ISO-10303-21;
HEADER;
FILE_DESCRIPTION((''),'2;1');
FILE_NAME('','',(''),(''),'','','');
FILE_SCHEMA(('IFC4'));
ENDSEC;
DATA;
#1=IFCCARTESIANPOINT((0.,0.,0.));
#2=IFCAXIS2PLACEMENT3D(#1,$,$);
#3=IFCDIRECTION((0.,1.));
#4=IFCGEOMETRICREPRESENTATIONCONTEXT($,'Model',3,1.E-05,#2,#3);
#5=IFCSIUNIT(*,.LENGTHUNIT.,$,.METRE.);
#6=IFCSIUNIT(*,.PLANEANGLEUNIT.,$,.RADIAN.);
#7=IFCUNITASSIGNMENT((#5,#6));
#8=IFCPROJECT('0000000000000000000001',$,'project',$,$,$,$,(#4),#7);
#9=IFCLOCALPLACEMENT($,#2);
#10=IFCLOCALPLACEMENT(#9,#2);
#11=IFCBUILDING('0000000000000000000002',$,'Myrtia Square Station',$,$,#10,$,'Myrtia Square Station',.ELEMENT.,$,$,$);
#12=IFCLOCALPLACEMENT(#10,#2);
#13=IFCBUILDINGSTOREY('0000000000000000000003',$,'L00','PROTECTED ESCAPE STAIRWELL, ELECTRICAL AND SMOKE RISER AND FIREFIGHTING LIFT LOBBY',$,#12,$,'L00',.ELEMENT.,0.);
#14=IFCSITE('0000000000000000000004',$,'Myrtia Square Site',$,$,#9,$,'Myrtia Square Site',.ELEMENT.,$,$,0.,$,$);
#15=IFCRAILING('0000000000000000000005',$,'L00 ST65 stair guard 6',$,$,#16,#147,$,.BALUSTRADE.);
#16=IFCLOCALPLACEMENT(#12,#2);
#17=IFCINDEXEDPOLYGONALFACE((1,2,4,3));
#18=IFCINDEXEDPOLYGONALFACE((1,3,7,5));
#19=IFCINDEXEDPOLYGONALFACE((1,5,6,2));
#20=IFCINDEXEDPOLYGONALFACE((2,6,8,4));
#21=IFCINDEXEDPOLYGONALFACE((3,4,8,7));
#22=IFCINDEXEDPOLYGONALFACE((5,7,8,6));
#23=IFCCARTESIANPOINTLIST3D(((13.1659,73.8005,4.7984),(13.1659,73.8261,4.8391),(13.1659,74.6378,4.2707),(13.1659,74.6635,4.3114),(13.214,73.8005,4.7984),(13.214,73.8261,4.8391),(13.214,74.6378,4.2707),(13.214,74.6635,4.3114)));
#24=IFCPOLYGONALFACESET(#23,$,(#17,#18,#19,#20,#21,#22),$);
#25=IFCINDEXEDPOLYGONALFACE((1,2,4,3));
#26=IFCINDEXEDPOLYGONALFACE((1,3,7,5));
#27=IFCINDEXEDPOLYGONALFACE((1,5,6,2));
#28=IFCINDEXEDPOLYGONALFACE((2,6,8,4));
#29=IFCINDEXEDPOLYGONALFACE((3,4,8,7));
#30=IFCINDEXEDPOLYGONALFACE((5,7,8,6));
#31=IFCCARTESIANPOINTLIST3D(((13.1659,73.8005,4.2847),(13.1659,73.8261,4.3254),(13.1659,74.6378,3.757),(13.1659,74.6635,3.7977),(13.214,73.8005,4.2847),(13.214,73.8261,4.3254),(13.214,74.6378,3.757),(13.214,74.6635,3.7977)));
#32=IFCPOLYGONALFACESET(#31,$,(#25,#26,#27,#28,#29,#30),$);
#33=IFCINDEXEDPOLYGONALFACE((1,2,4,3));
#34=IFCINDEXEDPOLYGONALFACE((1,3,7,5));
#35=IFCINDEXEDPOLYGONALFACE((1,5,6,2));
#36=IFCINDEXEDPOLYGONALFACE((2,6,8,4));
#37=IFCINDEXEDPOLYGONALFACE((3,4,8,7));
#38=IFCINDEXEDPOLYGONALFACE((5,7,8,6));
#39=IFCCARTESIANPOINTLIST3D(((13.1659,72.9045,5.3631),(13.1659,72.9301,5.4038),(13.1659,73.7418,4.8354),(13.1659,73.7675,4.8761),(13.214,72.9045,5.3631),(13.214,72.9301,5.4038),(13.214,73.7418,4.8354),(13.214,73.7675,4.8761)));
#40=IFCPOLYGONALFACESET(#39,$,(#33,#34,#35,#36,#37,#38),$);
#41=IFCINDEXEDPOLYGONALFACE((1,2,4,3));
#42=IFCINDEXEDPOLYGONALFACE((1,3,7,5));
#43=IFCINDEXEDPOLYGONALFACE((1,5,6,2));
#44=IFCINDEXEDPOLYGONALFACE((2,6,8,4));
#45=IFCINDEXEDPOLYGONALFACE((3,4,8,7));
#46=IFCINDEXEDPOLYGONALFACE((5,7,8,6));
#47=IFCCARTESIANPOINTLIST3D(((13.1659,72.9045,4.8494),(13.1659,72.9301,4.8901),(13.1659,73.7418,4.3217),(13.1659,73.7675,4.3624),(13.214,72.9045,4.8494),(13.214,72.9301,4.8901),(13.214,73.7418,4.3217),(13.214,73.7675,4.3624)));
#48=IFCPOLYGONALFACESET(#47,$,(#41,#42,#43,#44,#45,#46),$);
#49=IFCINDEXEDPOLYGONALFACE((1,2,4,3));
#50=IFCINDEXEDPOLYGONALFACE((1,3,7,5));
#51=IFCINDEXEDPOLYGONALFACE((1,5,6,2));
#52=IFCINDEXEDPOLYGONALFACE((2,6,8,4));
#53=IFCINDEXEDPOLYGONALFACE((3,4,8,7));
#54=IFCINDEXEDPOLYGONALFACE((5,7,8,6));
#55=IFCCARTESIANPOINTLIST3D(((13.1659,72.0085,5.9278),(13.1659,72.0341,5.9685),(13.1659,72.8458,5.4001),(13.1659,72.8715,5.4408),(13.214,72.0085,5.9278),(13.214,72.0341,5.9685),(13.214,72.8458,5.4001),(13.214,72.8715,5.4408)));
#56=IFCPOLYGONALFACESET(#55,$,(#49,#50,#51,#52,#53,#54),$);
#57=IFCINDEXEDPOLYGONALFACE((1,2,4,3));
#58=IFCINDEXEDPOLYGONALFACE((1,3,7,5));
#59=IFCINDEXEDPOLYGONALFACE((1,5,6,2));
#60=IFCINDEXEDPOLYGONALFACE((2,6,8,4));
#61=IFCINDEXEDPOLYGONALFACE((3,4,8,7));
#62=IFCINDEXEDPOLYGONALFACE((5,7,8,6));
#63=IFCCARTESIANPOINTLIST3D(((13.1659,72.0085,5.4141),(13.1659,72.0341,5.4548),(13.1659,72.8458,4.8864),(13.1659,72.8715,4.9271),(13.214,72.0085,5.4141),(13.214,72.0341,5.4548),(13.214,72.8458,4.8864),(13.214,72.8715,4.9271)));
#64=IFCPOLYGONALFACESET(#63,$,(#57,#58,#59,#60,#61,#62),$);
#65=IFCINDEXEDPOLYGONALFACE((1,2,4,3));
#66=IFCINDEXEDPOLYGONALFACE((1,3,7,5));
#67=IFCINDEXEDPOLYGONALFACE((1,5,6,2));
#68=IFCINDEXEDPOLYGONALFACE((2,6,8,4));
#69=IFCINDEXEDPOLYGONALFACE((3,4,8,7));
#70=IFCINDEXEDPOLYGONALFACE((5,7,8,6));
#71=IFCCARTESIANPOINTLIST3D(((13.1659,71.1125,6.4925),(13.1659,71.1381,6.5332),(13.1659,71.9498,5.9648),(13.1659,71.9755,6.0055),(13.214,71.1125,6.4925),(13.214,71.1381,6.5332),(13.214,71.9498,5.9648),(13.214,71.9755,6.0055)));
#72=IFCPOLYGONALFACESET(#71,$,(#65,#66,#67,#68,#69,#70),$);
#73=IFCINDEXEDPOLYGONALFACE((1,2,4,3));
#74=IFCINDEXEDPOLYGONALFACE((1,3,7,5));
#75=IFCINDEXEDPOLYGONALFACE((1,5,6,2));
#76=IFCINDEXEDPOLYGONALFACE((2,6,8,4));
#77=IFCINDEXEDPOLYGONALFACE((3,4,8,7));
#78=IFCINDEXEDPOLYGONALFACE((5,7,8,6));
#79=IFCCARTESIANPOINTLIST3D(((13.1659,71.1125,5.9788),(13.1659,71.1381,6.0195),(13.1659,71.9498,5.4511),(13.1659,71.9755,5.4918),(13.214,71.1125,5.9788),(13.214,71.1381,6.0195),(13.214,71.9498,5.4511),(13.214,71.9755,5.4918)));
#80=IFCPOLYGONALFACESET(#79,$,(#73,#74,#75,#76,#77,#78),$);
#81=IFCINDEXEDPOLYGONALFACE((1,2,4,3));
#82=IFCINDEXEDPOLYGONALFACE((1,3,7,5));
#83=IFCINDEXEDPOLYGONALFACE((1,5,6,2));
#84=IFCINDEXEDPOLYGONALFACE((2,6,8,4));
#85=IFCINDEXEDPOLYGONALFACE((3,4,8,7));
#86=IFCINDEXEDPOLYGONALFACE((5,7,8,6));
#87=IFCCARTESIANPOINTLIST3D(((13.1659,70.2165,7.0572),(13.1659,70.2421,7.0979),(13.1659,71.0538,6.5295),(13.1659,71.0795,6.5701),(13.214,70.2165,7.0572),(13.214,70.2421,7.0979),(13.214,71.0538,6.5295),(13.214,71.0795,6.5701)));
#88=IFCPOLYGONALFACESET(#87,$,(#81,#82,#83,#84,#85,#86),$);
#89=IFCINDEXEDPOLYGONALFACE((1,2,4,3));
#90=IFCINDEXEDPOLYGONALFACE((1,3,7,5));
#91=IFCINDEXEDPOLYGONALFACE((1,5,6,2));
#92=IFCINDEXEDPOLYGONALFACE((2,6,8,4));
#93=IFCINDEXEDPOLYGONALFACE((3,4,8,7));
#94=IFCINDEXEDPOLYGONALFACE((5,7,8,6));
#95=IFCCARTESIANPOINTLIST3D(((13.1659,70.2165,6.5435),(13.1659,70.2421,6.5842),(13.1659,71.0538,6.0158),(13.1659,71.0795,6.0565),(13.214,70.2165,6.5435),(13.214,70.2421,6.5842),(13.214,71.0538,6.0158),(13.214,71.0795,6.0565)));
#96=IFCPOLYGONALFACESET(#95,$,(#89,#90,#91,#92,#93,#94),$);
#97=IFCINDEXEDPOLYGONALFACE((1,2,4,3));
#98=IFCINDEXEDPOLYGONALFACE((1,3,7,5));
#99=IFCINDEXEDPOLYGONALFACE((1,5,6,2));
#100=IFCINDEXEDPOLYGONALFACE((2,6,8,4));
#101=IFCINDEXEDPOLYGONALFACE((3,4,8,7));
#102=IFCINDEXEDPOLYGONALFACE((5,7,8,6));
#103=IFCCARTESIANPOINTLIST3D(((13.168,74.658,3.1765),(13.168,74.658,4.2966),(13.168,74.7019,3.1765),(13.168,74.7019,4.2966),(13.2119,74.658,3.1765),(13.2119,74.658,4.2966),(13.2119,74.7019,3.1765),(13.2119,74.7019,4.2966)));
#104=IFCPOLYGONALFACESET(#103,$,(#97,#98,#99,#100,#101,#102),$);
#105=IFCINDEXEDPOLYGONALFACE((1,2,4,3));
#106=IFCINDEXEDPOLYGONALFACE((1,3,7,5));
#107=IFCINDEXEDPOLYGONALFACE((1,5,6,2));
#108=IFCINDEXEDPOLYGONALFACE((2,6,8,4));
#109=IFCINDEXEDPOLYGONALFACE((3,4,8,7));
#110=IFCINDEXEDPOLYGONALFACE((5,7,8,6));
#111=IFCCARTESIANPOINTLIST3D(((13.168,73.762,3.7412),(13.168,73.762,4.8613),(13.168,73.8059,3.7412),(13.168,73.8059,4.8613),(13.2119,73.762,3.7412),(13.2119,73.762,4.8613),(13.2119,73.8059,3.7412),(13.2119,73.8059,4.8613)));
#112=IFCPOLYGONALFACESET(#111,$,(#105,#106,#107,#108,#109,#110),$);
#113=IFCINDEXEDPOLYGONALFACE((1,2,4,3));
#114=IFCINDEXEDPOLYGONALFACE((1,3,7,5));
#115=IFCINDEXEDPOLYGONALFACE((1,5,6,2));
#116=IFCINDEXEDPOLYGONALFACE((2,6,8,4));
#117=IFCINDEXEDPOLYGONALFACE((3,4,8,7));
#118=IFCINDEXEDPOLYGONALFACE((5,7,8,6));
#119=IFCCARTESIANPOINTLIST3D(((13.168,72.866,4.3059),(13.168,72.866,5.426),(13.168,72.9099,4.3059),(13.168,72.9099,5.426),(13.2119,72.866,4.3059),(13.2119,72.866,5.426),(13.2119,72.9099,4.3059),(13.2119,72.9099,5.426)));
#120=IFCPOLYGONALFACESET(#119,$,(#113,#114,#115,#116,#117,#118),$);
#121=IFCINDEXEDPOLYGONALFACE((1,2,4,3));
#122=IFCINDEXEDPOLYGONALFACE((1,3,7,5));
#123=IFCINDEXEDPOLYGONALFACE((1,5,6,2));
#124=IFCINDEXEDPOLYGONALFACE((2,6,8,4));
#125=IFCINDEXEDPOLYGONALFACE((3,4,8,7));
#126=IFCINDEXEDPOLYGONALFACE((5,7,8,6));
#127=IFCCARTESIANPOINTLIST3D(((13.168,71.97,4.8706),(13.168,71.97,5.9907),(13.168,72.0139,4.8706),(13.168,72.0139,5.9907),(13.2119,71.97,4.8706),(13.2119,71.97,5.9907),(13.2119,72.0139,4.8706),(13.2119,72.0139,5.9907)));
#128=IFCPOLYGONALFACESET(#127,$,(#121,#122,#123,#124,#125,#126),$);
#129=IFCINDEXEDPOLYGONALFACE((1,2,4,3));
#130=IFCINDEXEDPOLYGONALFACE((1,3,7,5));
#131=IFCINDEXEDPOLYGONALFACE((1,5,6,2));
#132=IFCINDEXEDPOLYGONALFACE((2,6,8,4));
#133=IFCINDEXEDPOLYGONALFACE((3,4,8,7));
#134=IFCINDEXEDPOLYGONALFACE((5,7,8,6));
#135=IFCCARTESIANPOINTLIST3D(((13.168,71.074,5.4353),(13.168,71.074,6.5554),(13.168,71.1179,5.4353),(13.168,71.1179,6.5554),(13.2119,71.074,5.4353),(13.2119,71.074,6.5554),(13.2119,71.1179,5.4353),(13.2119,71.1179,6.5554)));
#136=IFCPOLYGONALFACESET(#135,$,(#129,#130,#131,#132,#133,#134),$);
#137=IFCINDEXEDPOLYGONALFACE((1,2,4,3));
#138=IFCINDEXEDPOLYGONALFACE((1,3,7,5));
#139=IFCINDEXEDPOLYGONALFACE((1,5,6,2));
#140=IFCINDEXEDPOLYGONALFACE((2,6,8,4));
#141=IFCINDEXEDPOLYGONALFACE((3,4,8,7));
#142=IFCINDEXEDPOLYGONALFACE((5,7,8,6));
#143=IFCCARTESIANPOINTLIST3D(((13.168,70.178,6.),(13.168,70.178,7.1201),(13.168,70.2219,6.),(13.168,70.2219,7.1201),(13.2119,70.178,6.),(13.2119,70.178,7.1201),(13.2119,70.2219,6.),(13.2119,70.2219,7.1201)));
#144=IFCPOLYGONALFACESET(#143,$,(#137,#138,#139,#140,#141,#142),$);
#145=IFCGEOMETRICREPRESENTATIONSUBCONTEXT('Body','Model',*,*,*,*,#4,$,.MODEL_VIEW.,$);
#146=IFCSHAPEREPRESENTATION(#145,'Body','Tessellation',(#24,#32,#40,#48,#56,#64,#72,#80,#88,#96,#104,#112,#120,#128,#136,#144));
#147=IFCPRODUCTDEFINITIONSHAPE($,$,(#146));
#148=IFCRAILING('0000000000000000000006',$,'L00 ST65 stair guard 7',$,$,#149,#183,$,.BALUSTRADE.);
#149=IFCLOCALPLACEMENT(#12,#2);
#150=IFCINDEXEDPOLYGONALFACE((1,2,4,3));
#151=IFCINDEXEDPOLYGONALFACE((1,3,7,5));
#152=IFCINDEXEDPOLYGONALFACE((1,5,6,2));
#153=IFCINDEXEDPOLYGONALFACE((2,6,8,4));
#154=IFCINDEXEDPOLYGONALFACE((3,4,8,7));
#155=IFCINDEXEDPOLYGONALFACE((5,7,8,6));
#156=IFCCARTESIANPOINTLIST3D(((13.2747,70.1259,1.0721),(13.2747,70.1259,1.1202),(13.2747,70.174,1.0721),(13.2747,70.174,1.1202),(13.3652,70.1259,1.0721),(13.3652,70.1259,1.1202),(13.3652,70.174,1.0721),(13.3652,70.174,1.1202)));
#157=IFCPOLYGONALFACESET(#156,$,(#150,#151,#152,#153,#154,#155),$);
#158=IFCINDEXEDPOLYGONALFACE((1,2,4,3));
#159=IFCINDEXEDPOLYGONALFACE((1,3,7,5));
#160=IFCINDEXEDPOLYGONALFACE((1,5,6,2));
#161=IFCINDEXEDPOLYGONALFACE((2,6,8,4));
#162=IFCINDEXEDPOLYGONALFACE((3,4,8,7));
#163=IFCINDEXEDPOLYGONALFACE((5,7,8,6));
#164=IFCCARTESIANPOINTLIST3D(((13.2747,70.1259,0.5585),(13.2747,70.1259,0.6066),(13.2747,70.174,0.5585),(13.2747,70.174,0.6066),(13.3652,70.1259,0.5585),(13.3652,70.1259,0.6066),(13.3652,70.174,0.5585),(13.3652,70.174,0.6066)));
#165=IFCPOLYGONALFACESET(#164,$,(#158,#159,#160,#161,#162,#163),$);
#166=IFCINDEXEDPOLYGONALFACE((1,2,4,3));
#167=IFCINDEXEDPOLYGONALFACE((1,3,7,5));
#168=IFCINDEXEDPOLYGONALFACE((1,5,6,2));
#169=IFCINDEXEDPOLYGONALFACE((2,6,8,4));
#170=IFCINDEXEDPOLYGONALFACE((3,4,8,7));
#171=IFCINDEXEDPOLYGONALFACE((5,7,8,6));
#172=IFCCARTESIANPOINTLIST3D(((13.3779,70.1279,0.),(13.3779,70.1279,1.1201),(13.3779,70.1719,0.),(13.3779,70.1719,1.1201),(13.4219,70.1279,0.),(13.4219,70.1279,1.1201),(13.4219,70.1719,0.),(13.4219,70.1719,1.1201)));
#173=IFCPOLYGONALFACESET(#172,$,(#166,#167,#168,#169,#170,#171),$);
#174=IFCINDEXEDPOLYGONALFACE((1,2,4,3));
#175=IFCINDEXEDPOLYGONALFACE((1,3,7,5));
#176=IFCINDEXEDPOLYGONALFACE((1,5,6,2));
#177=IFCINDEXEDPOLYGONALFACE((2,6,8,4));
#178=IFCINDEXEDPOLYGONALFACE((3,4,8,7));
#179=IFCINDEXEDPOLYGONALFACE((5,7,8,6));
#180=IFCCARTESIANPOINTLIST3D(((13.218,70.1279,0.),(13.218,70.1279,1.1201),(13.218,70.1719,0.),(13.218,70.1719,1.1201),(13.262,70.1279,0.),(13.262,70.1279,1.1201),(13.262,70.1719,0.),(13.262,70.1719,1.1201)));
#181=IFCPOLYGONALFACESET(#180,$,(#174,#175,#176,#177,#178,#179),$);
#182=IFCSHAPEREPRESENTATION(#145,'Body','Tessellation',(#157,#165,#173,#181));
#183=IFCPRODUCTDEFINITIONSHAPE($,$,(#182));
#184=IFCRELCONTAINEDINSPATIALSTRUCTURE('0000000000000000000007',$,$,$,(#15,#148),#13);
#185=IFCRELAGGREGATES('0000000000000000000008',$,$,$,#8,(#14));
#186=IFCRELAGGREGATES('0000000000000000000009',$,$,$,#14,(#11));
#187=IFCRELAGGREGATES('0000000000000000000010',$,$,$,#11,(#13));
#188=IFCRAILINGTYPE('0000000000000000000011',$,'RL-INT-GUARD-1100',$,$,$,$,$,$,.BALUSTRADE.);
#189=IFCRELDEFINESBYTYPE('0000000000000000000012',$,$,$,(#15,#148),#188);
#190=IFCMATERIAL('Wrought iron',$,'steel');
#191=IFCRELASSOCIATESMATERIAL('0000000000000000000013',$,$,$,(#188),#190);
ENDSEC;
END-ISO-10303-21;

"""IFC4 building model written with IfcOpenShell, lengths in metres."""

from ifc_helpers import new_model, si_unit, direction, frame, origin, origin_2d, place, context, subcontext, project, spatial, rectangle, extrude, material, type_object, element, save


model = new_model("IFC4")

# Units and contexts
model_context = context("Model", 3, precision=1e-05, world=origin(), true_north=direction((0.0, 1.0)))
body_context = subcontext(model_context, "Body", "Model", "MODEL_VIEW")
ifc_project = project(units=[si_unit("LENGTHUNIT", "METRE"), si_unit("PLANEANGLEUNIT", "RADIAN")], contexts=[model_context])

# Site, building, storey
site_placement = place(None, origin())
site = spatial("IfcSite", under=ifc_project, at=site_placement, Name="Myrtia Square Site", LongName="Myrtia Square Site", CompositionType="ELEMENT", RefElevation=0.0)
building_placement = place(site_placement, origin())
building = spatial("IfcBuilding", under=site, at=building_placement, Name="Myrtia Square Station", LongName="Myrtia Square Station", CompositionType="ELEMENT")
storey_placement = place(building_placement, origin())
storey = spatial("IfcBuildingStorey", under=building, at=storey_placement, Name="L00", Description="PROTECTED ESCAPE STAIRWELL, ELECTRICAL AND SMOKE RISER AND FIREFIGHTING LIFT LOBBY", LongName="L00", CompositionType="ELEMENT", Elevation=0.0)

# Railings
ifc_material_1 = material(Name="Wrought iron", Category="steel")
railing_type_1 = type_object("IfcRailingType", Name="RL-INT-GUARD-1100", PredefinedType="BALUSTRADE", material=ifc_material_1)
railing_1_placement = place(storey_placement, frame((13.1899, 74.6799, 3.1765)))
element("IfcRailing", 1, at=railing_1_placement, inside=storey, type_object=railing_type_1, Name="L00 ST65 stair guard 6", PredefinedType="BALUSTRADE", context=body_context, shape_type="SweptSolid", body=[
    extrude(rectangle(XDim=0.0481, YDim=0.0481, at=origin_2d()), frame((0.0, -0.0293, 1.1145), z_axis=(0.0, -0.845998, 0.533186), x_axis=(1.0, 0.0, 0.0)), (0.0, 0.0, 1.0), 0.9897),
    extrude(rectangle(XDim=0.0481, YDim=0.0481, at=origin_2d()), frame((0.0, -0.0293, 0.6008), z_axis=(0.0, -0.845998, 0.533186), x_axis=(1.0, 0.0, 0.0)), (0.0, 0.0, 1.0), 0.9897),
    extrude(rectangle(XDim=0.0481, YDim=0.0481, at=origin_2d()), frame((0.0, -0.9253, 1.6792), z_axis=(0.0, -0.845998, 0.533186), x_axis=(1.0, 0.0, 0.0)), (0.0, 0.0, 1.0), 0.9897),
    extrude(rectangle(XDim=0.0481, YDim=0.0481, at=origin_2d()), frame((0.0, -0.9253, 1.1655), z_axis=(0.0, -0.845998, 0.533186), x_axis=(1.0, 0.0, 0.0)), (0.0, 0.0, 1.0), 0.9897),
    extrude(rectangle(XDim=0.0481, YDim=0.0481, at=origin_2d()), frame((0.0, -1.8213, 2.2439), z_axis=(0.0, -0.845998, 0.533186), x_axis=(1.0, 0.0, 0.0)), (0.0, 0.0, 1.0), 0.9897),
    extrude(rectangle(XDim=0.0481, YDim=0.0481, at=origin_2d()), frame((0.0, -1.8213, 1.7302), z_axis=(0.0, -0.845998, 0.533186), x_axis=(1.0, 0.0, 0.0)), (0.0, 0.0, 1.0), 0.9897),
    extrude(rectangle(XDim=0.0481, YDim=0.0481, at=origin_2d()), frame((0.0, -2.7173, 2.8086), z_axis=(0.0, -0.845998, 0.533186), x_axis=(1.0, 0.0, 0.0)), (0.0, 0.0, 1.0), 0.9897),
    extrude(rectangle(XDim=0.0481, YDim=0.0481, at=origin_2d()), frame((0.0, -2.7173, 2.2949), z_axis=(0.0, -0.845998, 0.533186), x_axis=(1.0, 0.0, 0.0)), (0.0, 0.0, 1.0), 0.9897),
    extrude(rectangle(XDim=0.0481, YDim=0.0481, at=origin_2d()), frame((0.0, -3.6133, 3.3733), z_axis=(0.0, -0.845998, 0.533186), x_axis=(1.0, 0.0, 0.0)), (0.0, 0.0, 1.0), 0.9897),
    extrude(rectangle(XDim=0.0481, YDim=0.0481, at=origin_2d()), frame((0.0, -3.6133, 2.8596), z_axis=(0.0, -0.845998, 0.533186), x_axis=(1.0, 0.0, 0.0)), (0.0, 0.0, 1.0), 0.9897),
    extrude(rectangle(XDim=0.0439, YDim=0.0439, at=origin_2d()), origin(), (0.0, 0.0, 1.0), 1.1201),
    extrude(rectangle(XDim=0.0439, YDim=0.0439, at=origin_2d()), frame((0.0, -0.896, 0.5647)), (0.0, 0.0, 1.0), 1.1201),
    extrude(rectangle(XDim=0.0439, YDim=0.0439, at=origin_2d()), frame((0.0, -1.792, 1.1294)), (0.0, 0.0, 1.0), 1.1201),
    extrude(rectangle(XDim=0.0439, YDim=0.0439, at=origin_2d()), frame((0.0, -2.688, 1.6941)), (0.0, 0.0, 1.0), 1.1201),
    extrude(rectangle(XDim=0.0439, YDim=0.0439, at=origin_2d()), frame((0.0, -3.584, 2.2588)), (0.0, 0.0, 1.0), 1.1201),
    extrude(rectangle(XDim=0.0439, YDim=0.0439, at=origin_2d()), frame((0.0, -4.48, 2.8235)), (0.0, 0.0, 1.0), 1.1201),
])
railing_2_placement = place(storey_placement, frame((13.3999, 70.1499, 0.0)))
element("IfcRailing", 2, at=railing_2_placement, inside=storey, type_object=railing_type_1, Name="L00 ST65 stair guard 7", PredefinedType="BALUSTRADE", context=body_context, shape_type="SweptSolid", body=[
    extrude(rectangle(XDim=0.0481, YDim=0.0481, at=origin_2d()), frame((-0.0347, 0.0, 1.0962), z_axis=(-1.0, 0.0, 0.0), x_axis=(0.0, -1.0, 0.0)), (0.0, 0.0, 1.0), 0.0906),
    extrude(rectangle(XDim=0.0481, YDim=0.0481, at=origin_2d()), frame((-0.0347, 0.0, 0.5825), z_axis=(-1.0, 0.0, 0.0), x_axis=(0.0, -1.0, 0.0)), (0.0, 0.0, 1.0), 0.0906),
    extrude(rectangle(XDim=0.0439, YDim=0.0439, at=origin_2d()), origin(), (0.0, 0.0, 1.0), 1.1201),
    extrude(rectangle(XDim=0.0439, YDim=0.0439, at=origin_2d()), frame((-0.1599, 0.0, 0.0)), (0.0, 0.0, 1.0), 1.1201),
])

save(model, "model.ifc")
